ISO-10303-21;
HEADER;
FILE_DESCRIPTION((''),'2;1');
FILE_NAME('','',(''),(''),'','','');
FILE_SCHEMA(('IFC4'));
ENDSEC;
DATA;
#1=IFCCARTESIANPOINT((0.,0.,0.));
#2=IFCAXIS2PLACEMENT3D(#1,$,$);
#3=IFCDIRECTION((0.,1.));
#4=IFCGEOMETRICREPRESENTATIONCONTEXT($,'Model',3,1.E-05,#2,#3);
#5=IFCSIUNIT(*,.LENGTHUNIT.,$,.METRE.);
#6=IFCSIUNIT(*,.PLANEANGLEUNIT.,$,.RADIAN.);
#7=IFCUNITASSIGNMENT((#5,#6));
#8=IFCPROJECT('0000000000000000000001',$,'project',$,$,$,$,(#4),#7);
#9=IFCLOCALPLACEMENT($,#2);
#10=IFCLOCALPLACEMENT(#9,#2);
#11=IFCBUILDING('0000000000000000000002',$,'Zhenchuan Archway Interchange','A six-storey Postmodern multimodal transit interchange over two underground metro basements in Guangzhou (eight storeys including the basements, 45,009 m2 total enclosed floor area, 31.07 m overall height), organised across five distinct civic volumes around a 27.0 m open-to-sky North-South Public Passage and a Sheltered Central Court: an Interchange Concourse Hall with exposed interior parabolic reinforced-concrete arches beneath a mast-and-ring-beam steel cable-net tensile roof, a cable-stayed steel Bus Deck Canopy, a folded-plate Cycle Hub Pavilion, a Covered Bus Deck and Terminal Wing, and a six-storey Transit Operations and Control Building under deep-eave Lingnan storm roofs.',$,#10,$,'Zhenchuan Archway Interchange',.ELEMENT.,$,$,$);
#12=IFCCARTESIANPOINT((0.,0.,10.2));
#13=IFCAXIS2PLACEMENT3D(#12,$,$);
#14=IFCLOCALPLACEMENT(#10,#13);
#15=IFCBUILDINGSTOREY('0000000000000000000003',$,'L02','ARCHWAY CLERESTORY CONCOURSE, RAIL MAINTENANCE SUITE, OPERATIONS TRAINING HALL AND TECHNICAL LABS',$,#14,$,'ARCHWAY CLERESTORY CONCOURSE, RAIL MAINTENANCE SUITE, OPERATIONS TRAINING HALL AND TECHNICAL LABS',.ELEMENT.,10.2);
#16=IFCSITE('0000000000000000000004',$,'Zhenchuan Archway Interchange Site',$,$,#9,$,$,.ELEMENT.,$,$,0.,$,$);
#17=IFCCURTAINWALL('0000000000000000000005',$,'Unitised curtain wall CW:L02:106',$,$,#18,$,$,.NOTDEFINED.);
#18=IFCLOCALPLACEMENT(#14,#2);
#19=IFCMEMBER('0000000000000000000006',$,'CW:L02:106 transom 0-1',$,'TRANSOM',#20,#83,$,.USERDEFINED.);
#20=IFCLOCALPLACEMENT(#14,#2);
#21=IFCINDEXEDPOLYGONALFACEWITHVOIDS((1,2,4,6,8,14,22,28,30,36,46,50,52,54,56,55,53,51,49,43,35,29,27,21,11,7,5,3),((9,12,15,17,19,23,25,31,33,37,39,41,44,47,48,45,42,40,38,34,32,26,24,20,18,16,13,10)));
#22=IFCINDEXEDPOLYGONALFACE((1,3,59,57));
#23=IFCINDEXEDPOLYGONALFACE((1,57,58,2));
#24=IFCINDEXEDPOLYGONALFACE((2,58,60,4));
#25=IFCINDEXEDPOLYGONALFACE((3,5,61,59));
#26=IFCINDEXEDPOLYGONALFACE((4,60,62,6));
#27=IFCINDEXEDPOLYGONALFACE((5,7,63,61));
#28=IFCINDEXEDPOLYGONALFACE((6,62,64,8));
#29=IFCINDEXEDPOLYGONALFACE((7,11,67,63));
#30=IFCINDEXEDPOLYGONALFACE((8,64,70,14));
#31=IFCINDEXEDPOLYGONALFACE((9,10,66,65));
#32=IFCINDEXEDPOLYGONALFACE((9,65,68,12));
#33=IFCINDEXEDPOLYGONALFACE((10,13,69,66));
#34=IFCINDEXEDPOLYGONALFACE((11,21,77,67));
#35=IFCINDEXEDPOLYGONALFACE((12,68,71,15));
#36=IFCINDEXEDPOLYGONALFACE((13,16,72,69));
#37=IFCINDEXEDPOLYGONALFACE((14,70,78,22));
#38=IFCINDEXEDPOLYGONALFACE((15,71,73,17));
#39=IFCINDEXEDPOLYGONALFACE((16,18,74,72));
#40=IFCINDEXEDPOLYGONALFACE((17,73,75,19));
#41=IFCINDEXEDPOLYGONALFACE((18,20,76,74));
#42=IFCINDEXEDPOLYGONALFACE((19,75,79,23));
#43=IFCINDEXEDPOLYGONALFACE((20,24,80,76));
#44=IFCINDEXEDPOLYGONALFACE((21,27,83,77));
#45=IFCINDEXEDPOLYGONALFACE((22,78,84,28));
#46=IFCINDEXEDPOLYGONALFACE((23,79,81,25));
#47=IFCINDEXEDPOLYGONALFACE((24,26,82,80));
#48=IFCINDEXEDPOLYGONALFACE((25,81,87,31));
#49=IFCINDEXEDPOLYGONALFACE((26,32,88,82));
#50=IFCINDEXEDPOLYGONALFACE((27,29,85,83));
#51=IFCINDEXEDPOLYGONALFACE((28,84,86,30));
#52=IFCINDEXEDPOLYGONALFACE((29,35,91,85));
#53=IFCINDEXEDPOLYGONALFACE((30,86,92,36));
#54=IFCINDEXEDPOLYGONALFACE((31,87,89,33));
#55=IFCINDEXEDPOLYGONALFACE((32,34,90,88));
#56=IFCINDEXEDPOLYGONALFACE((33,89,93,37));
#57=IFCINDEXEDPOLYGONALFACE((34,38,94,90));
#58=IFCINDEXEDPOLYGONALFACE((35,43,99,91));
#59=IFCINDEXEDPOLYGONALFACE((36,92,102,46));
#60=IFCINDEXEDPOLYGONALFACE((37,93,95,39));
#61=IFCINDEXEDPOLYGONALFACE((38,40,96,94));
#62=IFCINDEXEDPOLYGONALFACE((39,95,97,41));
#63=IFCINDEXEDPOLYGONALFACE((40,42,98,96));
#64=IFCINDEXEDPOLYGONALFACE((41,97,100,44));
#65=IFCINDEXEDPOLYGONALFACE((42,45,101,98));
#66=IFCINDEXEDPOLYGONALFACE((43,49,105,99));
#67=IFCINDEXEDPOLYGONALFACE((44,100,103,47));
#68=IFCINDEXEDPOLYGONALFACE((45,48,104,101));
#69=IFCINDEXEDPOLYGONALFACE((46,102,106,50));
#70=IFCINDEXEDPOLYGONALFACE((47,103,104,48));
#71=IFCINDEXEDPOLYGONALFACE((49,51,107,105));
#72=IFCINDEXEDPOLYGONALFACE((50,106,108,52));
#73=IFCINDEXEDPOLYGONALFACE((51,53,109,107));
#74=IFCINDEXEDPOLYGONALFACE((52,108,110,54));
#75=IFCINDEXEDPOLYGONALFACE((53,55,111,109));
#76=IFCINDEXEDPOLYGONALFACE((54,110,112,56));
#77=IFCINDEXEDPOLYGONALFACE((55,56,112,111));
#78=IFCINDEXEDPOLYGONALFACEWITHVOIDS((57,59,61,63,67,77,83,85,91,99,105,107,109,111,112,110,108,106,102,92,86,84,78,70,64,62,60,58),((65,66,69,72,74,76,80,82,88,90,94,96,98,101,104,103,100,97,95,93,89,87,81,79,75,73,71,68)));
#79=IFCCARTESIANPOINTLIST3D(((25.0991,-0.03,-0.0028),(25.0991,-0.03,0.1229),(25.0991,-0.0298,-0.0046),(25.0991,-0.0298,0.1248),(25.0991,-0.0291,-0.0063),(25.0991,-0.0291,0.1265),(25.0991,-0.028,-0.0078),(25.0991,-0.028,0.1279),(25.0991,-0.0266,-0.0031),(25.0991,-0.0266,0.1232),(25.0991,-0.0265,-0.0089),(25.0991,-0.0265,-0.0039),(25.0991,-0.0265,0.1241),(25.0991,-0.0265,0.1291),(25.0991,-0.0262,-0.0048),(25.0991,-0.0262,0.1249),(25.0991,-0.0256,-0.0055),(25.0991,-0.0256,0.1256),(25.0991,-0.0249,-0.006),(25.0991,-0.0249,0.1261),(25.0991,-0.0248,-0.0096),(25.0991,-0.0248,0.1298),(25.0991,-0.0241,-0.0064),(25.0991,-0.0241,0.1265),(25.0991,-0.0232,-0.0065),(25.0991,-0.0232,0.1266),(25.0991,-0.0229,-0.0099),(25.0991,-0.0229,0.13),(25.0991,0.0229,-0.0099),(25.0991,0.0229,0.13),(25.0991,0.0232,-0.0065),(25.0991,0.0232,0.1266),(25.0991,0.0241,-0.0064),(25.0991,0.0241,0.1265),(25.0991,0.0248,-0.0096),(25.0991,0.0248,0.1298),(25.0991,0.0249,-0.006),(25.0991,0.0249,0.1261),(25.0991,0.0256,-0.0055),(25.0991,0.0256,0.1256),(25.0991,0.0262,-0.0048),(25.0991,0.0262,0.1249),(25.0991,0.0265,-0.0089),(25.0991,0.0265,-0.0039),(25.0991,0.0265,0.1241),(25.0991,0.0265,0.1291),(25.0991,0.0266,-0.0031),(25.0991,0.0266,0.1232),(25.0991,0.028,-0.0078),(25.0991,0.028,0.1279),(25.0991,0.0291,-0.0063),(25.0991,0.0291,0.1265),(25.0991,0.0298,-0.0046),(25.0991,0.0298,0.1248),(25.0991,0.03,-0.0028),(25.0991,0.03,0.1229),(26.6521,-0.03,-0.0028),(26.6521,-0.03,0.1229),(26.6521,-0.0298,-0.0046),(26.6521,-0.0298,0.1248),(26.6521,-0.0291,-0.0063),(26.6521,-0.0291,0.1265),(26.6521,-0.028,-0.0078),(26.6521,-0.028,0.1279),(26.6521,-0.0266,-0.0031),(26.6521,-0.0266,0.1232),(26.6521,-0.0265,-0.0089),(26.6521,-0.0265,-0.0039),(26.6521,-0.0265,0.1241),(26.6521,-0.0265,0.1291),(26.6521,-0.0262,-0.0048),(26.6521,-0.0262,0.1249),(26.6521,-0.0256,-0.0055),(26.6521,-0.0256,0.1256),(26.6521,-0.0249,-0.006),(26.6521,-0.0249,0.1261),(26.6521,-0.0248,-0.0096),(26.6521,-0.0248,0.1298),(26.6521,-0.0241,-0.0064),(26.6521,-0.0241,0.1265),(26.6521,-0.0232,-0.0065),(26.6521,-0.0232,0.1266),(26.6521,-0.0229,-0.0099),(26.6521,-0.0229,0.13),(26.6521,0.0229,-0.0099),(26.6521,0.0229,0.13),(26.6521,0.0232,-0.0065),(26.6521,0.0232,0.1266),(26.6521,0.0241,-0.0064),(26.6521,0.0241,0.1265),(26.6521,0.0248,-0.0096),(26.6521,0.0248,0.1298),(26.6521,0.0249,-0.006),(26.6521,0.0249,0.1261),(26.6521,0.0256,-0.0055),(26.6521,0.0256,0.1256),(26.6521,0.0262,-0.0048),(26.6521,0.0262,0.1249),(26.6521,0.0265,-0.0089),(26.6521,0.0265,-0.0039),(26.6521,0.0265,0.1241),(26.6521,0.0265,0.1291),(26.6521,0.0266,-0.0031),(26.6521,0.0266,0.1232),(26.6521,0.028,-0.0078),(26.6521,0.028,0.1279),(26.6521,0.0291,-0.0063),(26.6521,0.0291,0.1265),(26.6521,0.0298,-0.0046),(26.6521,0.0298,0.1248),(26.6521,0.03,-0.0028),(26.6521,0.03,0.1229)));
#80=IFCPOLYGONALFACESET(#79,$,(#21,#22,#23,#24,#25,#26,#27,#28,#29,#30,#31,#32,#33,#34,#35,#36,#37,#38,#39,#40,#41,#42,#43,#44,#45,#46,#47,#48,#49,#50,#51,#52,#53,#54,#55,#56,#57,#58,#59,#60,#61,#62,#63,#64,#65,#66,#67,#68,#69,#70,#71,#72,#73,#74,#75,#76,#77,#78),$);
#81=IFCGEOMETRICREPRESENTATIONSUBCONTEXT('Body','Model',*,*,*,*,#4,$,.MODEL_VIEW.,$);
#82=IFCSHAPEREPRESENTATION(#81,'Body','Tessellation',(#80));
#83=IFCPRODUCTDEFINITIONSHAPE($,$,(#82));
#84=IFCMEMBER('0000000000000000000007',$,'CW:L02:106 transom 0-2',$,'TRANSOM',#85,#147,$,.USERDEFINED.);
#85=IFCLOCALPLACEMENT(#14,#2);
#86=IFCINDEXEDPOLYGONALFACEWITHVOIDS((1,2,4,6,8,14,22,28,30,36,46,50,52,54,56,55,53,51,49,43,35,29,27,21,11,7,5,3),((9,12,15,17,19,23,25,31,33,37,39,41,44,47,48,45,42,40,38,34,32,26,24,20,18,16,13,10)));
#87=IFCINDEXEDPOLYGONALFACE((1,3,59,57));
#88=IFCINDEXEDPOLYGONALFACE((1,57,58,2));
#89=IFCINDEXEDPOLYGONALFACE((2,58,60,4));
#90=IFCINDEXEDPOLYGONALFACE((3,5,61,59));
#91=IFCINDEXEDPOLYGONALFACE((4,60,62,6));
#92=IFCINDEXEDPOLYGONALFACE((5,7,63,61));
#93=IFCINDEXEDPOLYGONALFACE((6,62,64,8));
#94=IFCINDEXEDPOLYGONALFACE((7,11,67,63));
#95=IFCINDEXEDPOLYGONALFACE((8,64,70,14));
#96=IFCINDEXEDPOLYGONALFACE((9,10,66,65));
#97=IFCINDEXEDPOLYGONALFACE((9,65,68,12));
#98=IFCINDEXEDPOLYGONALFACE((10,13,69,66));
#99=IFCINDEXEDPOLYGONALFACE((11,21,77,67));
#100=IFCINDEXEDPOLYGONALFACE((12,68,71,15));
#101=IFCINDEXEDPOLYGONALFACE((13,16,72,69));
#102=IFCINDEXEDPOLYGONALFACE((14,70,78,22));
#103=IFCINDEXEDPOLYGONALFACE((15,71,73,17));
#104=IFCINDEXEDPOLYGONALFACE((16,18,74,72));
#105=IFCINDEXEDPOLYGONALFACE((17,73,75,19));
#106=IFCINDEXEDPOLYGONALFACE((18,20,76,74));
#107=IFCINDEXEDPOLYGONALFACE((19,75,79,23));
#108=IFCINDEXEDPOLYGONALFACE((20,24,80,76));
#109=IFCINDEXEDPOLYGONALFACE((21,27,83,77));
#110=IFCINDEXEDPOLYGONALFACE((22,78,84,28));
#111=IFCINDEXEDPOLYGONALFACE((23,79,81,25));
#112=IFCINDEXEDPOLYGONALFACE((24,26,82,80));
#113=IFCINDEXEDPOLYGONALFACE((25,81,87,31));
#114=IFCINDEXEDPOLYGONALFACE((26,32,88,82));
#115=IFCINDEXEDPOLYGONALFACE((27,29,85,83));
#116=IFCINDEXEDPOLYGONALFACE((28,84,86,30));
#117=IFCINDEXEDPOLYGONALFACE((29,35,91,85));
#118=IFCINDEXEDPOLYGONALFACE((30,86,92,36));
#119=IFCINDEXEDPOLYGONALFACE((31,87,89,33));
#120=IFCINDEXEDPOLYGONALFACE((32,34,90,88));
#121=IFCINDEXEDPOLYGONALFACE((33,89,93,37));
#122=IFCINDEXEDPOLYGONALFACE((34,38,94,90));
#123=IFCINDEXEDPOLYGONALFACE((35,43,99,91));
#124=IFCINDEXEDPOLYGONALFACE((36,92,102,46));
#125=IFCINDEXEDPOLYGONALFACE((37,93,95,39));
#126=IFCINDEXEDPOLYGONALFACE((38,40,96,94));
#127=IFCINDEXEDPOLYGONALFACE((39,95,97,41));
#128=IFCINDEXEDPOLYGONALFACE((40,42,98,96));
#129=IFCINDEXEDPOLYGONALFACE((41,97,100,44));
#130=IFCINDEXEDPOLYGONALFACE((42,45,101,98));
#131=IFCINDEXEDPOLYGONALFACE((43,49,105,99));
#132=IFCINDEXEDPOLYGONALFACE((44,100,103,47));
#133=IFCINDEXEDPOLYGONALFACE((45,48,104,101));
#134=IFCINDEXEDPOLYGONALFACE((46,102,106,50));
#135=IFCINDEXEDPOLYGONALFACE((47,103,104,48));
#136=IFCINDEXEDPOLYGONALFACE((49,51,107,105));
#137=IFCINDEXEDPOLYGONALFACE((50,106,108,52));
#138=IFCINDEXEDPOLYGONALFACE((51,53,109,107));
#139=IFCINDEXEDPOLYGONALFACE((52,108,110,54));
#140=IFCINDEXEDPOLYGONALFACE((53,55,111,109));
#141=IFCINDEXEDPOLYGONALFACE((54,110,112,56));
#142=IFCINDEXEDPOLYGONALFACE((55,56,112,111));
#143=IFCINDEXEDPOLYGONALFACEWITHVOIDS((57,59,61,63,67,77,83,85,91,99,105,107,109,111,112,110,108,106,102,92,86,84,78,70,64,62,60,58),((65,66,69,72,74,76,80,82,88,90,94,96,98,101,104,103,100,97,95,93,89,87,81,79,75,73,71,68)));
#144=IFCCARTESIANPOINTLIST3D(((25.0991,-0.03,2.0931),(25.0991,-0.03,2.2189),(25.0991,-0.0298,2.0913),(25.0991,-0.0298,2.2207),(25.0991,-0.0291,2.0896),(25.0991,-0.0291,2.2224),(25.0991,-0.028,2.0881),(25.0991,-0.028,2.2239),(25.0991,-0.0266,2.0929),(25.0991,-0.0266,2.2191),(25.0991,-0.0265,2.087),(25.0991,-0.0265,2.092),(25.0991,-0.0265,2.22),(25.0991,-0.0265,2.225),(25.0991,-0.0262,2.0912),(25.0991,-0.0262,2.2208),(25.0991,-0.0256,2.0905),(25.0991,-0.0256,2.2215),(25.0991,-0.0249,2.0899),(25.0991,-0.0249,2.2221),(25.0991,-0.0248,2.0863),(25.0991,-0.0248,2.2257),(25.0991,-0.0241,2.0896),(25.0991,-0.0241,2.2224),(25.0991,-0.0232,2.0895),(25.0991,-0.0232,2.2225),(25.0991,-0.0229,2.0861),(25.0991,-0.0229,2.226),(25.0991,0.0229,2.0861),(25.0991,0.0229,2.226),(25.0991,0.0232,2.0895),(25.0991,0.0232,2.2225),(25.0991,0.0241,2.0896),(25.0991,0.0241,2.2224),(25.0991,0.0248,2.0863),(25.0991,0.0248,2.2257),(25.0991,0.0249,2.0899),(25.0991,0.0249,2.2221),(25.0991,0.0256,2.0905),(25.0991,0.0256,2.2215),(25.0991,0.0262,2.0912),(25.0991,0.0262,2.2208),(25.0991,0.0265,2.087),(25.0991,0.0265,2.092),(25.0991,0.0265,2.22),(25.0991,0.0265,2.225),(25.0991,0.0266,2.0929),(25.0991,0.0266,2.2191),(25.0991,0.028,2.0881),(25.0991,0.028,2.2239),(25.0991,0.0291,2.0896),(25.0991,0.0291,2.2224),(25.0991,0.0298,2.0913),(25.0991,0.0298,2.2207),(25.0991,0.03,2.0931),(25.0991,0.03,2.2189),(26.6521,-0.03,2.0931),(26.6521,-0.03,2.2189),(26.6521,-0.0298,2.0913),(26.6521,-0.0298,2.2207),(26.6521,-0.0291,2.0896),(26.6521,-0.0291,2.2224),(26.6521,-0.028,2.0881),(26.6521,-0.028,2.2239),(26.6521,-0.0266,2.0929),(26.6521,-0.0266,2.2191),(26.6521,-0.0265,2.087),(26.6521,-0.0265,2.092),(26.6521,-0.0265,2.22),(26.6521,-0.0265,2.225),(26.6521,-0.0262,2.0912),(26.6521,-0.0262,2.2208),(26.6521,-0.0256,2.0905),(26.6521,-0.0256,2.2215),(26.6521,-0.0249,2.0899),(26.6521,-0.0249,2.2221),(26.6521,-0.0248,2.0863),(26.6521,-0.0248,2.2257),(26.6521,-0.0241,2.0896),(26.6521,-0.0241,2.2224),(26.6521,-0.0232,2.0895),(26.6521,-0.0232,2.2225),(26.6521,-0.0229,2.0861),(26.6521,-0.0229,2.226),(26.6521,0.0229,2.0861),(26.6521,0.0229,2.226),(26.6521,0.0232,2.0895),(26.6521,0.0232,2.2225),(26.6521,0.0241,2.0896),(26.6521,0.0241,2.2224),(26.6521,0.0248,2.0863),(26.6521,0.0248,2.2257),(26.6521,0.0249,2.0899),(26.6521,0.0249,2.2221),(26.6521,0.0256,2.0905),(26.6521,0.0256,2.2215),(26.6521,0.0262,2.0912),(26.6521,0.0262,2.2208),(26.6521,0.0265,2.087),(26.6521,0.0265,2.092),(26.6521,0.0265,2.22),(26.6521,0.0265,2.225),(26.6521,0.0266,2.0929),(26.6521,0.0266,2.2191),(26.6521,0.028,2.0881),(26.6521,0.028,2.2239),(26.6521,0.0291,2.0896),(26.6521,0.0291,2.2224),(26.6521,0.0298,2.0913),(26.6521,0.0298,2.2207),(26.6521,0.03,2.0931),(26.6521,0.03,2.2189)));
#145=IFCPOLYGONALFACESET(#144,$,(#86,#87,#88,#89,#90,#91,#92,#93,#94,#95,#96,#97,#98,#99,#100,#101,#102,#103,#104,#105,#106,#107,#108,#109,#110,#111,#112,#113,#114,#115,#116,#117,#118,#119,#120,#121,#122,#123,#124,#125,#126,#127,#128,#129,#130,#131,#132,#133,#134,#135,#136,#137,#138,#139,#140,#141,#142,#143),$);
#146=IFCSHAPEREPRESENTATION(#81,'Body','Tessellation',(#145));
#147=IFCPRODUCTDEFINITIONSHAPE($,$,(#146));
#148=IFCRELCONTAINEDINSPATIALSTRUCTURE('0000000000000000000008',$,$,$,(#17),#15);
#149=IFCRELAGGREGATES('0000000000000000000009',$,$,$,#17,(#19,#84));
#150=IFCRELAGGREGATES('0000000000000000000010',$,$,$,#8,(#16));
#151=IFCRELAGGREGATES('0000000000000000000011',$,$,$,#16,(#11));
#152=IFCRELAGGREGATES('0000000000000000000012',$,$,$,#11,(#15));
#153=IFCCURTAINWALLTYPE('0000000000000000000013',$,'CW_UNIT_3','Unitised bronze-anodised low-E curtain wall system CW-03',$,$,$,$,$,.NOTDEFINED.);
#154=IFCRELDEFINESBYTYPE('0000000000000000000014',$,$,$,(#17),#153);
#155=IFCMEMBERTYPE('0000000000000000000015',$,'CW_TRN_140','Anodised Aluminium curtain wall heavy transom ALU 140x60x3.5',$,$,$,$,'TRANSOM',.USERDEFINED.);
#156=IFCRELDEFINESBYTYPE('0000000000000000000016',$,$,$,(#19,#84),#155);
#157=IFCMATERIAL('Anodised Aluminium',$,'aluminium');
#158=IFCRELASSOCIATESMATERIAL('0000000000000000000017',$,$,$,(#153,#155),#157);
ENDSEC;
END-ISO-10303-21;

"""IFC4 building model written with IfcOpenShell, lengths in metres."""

from ifc_helpers import new_model, si_unit, direction, frame, origin, origin_2d, place, context, subcontext, project, spatial, hollow_rectangle, extrude, material, material_profile, profile_set, type_object, element, aggregate, save


model = new_model("IFC4")

# Units and contexts
model_context = context("Model", 3, precision=1e-05, world=origin(), true_north=direction((0.0, 1.0)))
body_context = subcontext(model_context, "Body", "Model", "MODEL_VIEW")
ifc_project = project(units=[si_unit("LENGTHUNIT", "METRE"), si_unit("PLANEANGLEUNIT", "RADIAN")], contexts=[model_context])

# Site, building, storey
site_placement = place(None, origin())
site = spatial("IfcSite", under=ifc_project, at=site_placement, Name="Zhenchuan Archway Interchange Site", CompositionType="ELEMENT", RefElevation=0.0)
building_placement = place(site_placement, origin())
building = spatial("IfcBuilding", under=site, at=building_placement, Name="Zhenchuan Archway Interchange", Description="A six-storey Postmodern multimodal transit interchange over two underground metro basements in Guangzhou (eight storeys including the basements, 45,009 m2 total enclosed floor area, 31.07 m overall height), organised across five distinct civic volumes around a 27.0 m open-to-sky North-South Public Passage and a Sheltered Central Court: an Interchange Concourse Hall with exposed interior parabolic reinforced-concrete arches beneath a mast-and-ring-beam steel cable-net tensile roof, a cable-stayed steel Bus Deck Canopy, a folded-plate Cycle Hub Pavilion, a Covered Bus Deck and Terminal Wing, and a six-storey Transit Operations and Control Building under deep-eave Lingnan storm roofs.", LongName="Zhenchuan Archway Interchange", CompositionType="ELEMENT")
storey_placement = place(building_placement, frame((0.0, 0.0, 10.2)))
storey = spatial("IfcBuildingStorey", under=building, at=storey_placement, Name="L02", Description="ARCHWAY CLERESTORY CONCOURSE, RAIL MAINTENANCE SUITE, OPERATIONS TRAINING HALL AND TECHNICAL LABS", LongName="ARCHWAY CLERESTORY CONCOURSE, RAIL MAINTENANCE SUITE, OPERATIONS TRAINING HALL AND TECHNICAL LABS", CompositionType="ELEMENT", Elevation=10.2)

# Shared definitions
ifc_material_1 = material(Name="Anodised Aluminium", Category="aluminium")

# Curtain wall
curtain_wall_type_1 = type_object("IfcCurtainWallType", Name="CW_UNIT_3", Description="Unitised bronze-anodised low-E curtain wall system CW-03", PredefinedType="NOTDEFINED", material=ifc_material_1)
curtain_wall_1_placement = place(storey_placement, origin())
curtain_wall_1 = element("IfcCurtainWall", 1, at=curtain_wall_1_placement, inside=storey, type_object=curtain_wall_type_1, Name="Unitised curtain wall CW:L02:106", PredefinedType="NOTDEFINED")

# Members
ifc_material_profile_1 = material_profile(ifc_material_1, hollow_rectangle(XDim=0.0601, YDim=0.1399, WallThickness=0.0034, InnerFilletRadius=0.0034, OuterFilletRadius=0.0071, at=origin_2d()), Name="ALU 140x60x3.5")
ifc_profile_set_1 = profile_set([ifc_material_profile_1], Name="Anodised Aluminium")
member_type_1 = type_object("IfcMemberType", Name="CW_TRN_140", Description="Anodised Aluminium curtain wall heavy transom ALU 140x60x3.5", ElementType="TRANSOM", PredefinedType="USERDEFINED", material=ifc_profile_set_1)
member_1_placement = place(storey_placement, frame((26.6521, 0.0, 0.0601), z_axis=(-1.0, 0.0, 0.0), x_axis=(0.0, -1.0, 0.0)))
member_1 = element("IfcMember", 2, at=member_1_placement, type_object=member_type_1, Name="CW:L02:106 transom 0-1", ObjectType="TRANSOM", PredefinedType="USERDEFINED", context=body_context, shape_type="SweptSolid", body=[
    extrude(hollow_rectangle(XDim=0.0601, YDim=0.1399, WallThickness=0.0034, InnerFilletRadius=0.0034, OuterFilletRadius=0.0071, at=origin_2d()), origin(), (0.0, 0.0, 1.0), 1.553),
])
member_2_placement = place(storey_placement, frame((26.6521, 0.0, 2.156), z_axis=(-1.0, 0.0, 0.0), x_axis=(0.0, -1.0, 0.0)))
member_2 = element("IfcMember", 3, at=member_2_placement, type_object=member_type_1, Name="CW:L02:106 transom 0-2", ObjectType="TRANSOM", PredefinedType="USERDEFINED", context=body_context, shape_type="SweptSolid", body=[
    extrude(hollow_rectangle(XDim=0.0601, YDim=0.1399, WallThickness=0.0034, InnerFilletRadius=0.0034, OuterFilletRadius=0.0071, at=origin_2d()), origin(), (0.0, 0.0, 1.0), 1.553),
])
aggregate(curtain_wall_1, [member_1, member_2])

save(model, "model.ifc")
